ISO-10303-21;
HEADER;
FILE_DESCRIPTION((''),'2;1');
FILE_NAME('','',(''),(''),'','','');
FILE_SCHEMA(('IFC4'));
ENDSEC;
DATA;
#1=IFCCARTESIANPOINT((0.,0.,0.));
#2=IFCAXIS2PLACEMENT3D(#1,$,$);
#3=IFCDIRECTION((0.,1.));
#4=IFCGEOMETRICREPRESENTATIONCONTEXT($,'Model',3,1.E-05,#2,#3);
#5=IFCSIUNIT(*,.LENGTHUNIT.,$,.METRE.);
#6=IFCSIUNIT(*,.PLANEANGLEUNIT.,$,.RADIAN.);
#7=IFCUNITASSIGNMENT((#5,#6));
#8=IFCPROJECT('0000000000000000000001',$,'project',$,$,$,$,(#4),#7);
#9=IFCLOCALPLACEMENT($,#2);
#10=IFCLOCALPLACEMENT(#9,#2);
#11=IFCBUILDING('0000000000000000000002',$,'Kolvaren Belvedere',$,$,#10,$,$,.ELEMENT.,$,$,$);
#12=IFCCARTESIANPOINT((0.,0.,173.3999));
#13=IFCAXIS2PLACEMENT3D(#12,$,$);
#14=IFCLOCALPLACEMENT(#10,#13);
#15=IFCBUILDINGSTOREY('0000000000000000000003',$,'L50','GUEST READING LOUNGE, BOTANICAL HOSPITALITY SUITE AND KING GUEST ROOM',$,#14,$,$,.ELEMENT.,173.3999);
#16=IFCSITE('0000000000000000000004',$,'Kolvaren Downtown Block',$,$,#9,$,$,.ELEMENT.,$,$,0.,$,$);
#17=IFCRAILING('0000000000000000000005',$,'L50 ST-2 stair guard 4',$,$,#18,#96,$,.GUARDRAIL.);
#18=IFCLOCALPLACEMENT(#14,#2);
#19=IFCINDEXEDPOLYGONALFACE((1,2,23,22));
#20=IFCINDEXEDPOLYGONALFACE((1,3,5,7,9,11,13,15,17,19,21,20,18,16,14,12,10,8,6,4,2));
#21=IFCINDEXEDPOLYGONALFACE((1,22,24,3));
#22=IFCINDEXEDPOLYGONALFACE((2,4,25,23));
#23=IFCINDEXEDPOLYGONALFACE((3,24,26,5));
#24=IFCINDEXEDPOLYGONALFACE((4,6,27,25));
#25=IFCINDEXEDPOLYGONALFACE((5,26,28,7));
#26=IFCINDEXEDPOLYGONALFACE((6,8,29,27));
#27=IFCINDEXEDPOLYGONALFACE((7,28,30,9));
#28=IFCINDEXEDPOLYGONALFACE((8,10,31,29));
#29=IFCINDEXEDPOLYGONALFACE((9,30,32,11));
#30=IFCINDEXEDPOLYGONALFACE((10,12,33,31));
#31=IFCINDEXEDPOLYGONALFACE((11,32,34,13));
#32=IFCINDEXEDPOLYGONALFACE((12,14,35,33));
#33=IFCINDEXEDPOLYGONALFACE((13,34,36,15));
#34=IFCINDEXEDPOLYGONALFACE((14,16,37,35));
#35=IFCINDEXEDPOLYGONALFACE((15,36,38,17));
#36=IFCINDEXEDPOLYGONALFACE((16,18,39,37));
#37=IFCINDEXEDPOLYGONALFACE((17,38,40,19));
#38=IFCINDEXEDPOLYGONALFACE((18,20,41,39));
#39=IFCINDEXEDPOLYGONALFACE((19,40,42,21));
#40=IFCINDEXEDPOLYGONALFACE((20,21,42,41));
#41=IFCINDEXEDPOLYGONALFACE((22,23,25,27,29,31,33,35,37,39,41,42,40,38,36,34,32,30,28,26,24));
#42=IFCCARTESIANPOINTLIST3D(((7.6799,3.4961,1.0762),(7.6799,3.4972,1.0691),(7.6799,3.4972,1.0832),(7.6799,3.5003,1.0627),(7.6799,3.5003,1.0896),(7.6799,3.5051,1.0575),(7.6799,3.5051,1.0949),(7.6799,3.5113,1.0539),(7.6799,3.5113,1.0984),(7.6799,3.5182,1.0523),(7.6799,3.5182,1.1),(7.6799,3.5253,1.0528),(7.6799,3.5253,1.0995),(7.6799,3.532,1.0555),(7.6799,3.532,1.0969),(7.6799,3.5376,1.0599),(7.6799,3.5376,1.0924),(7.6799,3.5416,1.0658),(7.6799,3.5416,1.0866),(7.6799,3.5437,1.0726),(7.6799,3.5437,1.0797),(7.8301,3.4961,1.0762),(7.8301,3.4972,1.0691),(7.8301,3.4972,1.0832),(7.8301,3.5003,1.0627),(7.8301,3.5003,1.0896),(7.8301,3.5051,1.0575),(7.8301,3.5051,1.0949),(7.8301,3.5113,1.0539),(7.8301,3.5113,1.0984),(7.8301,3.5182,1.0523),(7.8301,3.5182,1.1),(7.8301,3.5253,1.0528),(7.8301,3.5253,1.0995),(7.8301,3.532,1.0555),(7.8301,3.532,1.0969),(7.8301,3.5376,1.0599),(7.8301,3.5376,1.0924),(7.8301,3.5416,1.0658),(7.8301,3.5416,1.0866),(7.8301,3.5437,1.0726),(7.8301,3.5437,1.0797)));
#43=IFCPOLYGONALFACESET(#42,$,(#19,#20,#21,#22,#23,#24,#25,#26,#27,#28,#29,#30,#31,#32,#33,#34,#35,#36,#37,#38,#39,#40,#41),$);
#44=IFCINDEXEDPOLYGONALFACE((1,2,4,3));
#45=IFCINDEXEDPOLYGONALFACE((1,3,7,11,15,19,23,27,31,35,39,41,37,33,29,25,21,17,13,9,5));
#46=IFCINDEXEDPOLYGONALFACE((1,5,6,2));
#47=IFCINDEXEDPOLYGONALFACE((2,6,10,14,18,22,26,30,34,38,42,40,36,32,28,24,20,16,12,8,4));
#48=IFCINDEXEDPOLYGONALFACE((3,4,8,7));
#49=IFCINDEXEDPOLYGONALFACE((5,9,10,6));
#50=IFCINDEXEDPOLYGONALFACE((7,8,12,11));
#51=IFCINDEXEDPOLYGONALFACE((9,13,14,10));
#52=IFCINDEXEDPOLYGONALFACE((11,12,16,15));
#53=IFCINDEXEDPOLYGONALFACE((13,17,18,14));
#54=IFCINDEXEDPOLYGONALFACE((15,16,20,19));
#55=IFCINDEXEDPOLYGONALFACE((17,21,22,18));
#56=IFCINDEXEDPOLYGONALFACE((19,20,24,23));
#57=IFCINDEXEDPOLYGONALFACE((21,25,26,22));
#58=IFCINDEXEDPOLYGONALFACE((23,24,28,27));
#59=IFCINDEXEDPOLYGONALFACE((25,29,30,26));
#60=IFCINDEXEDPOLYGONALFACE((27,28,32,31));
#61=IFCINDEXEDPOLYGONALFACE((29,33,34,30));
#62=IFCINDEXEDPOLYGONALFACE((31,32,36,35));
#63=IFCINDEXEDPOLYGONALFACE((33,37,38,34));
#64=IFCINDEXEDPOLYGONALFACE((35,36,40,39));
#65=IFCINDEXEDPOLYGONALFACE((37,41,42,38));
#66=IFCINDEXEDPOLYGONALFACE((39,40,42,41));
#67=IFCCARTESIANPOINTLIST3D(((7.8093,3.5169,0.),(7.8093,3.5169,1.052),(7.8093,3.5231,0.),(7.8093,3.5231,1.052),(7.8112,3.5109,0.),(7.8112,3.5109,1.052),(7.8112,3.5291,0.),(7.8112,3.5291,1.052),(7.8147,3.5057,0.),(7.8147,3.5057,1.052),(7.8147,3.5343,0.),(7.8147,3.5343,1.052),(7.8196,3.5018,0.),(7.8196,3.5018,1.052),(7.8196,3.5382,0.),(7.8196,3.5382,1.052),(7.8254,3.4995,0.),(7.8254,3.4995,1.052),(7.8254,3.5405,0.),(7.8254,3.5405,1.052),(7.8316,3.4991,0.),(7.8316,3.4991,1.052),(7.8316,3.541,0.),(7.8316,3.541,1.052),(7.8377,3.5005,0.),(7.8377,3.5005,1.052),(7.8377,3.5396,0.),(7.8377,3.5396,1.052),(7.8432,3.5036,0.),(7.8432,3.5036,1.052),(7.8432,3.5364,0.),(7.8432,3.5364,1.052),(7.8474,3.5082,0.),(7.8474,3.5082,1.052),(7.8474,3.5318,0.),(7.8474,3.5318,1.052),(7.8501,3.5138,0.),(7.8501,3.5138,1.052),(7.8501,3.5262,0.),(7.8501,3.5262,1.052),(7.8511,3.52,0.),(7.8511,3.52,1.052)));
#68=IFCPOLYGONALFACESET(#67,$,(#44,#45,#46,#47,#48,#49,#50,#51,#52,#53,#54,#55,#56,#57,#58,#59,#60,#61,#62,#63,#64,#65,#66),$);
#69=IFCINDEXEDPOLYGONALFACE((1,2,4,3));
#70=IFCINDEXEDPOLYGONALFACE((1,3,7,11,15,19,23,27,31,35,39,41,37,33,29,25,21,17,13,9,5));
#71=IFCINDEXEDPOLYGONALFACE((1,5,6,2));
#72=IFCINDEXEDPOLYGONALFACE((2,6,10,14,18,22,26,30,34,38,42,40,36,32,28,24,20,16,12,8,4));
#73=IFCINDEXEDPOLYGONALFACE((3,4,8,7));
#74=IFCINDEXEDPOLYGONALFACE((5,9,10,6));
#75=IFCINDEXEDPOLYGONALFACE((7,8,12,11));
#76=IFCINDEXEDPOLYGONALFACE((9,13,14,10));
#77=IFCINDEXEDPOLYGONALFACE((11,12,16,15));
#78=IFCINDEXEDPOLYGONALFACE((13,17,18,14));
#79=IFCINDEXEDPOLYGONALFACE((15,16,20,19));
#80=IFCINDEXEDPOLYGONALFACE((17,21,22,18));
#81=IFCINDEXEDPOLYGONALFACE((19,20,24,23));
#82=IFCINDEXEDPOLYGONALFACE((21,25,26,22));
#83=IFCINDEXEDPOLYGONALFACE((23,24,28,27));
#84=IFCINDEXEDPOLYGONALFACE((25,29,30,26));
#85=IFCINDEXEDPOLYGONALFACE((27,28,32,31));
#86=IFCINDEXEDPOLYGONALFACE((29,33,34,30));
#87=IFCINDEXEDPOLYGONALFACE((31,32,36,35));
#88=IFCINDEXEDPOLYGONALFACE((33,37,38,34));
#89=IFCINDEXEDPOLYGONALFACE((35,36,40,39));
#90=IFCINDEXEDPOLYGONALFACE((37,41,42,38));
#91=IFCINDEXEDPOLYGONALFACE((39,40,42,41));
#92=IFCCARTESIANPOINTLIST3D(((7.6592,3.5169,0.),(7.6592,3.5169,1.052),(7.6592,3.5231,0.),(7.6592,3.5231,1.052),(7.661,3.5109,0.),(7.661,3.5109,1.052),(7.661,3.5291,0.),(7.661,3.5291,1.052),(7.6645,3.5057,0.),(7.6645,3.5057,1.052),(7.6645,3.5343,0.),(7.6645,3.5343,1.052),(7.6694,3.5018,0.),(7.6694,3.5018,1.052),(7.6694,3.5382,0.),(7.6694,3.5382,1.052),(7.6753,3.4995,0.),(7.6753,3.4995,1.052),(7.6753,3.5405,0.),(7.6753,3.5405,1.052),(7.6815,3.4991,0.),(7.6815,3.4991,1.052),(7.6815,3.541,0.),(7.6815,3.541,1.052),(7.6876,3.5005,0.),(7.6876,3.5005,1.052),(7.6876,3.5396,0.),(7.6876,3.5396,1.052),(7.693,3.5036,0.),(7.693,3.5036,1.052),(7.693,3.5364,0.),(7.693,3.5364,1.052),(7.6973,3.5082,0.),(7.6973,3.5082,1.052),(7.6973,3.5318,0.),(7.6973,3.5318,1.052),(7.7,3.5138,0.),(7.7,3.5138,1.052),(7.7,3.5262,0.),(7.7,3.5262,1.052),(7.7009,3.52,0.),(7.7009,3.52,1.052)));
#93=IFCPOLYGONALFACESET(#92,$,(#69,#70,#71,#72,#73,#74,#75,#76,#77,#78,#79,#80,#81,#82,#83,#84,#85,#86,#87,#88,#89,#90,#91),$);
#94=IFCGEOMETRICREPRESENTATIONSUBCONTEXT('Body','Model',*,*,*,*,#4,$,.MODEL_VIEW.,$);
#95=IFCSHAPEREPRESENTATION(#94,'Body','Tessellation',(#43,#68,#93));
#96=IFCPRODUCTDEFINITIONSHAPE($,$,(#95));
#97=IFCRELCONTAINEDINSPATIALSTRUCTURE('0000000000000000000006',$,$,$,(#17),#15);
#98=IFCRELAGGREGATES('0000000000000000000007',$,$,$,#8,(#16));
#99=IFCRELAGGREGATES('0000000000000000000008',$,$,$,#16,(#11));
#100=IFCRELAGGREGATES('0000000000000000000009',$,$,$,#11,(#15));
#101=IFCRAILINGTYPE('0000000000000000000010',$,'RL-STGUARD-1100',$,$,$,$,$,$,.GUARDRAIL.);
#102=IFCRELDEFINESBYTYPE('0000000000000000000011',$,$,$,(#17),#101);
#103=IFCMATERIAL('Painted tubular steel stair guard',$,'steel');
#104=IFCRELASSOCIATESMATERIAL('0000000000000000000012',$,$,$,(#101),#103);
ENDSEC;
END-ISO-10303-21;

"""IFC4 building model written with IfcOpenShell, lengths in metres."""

from ifc_helpers import new_model, si_unit, direction, frame, origin, origin_2d, place, context, subcontext, project, spatial, circle, extrude, material, type_object, element, save


model = new_model("IFC4")

# Units and contexts
model_context = context("Model", 3, precision=1e-05, world=origin(), true_north=direction((0.0, 1.0)))
body_context = subcontext(model_context, "Body", "Model", "MODEL_VIEW")
ifc_project = project(units=[si_unit("LENGTHUNIT", "METRE"), si_unit("PLANEANGLEUNIT", "RADIAN")], contexts=[model_context])

# Site, building, storey
site_placement = place(None, origin())
site = spatial("IfcSite", under=ifc_project, at=site_placement, Name="Kolvaren Downtown Block", CompositionType="ELEMENT", RefElevation=0.0)
building_placement = place(site_placement, origin())
building = spatial("IfcBuilding", under=site, at=building_placement, Name="Kolvaren Belvedere", CompositionType="ELEMENT")
storey_placement = place(building_placement, frame((0.0, 0.0, 173.3999)))
storey = spatial("IfcBuildingStorey", under=building, at=storey_placement, Name="L50", Description="GUEST READING LOUNGE, BOTANICAL HOSPITALITY SUITE AND KING GUEST ROOM", CompositionType="ELEMENT", Elevation=173.3999)

# Railing
ifc_material_1 = material(Name="Painted tubular steel stair guard", Category="steel")
railing_type_1 = type_object("IfcRailingType", Name="RL-STGUARD-1100", PredefinedType="GUARDRAIL", material=ifc_material_1)
railing_1_placement = place(storey_placement, frame((7.8301, 3.52, 0.0)))
element("IfcRailing", 1, at=railing_1_placement, inside=storey, type_object=railing_type_1, Name="L50 ST-2 stair guard 4", PredefinedType="GUARDRAIL", context=body_context, shape_type="SweptSolid", body=[
    extrude(circle(Radius=0.0239, at=origin_2d()), frame((0.0, 0.0, 1.0762), z_axis=(-1.0, 0.0, 0.0), x_axis=(0.0, -1.0, 0.0)), (0.0, 0.0, 1.0), 0.1501),
    extrude(circle(Radius=0.021, at=origin_2d()), origin(), (0.0, 0.0, 1.0), 1.052),
    extrude(circle(Radius=0.021, at=origin_2d()), frame((-0.1501, 0.0, 0.0)), (0.0, 0.0, 1.0), 1.052),
])

save(model, "model.ifc")
